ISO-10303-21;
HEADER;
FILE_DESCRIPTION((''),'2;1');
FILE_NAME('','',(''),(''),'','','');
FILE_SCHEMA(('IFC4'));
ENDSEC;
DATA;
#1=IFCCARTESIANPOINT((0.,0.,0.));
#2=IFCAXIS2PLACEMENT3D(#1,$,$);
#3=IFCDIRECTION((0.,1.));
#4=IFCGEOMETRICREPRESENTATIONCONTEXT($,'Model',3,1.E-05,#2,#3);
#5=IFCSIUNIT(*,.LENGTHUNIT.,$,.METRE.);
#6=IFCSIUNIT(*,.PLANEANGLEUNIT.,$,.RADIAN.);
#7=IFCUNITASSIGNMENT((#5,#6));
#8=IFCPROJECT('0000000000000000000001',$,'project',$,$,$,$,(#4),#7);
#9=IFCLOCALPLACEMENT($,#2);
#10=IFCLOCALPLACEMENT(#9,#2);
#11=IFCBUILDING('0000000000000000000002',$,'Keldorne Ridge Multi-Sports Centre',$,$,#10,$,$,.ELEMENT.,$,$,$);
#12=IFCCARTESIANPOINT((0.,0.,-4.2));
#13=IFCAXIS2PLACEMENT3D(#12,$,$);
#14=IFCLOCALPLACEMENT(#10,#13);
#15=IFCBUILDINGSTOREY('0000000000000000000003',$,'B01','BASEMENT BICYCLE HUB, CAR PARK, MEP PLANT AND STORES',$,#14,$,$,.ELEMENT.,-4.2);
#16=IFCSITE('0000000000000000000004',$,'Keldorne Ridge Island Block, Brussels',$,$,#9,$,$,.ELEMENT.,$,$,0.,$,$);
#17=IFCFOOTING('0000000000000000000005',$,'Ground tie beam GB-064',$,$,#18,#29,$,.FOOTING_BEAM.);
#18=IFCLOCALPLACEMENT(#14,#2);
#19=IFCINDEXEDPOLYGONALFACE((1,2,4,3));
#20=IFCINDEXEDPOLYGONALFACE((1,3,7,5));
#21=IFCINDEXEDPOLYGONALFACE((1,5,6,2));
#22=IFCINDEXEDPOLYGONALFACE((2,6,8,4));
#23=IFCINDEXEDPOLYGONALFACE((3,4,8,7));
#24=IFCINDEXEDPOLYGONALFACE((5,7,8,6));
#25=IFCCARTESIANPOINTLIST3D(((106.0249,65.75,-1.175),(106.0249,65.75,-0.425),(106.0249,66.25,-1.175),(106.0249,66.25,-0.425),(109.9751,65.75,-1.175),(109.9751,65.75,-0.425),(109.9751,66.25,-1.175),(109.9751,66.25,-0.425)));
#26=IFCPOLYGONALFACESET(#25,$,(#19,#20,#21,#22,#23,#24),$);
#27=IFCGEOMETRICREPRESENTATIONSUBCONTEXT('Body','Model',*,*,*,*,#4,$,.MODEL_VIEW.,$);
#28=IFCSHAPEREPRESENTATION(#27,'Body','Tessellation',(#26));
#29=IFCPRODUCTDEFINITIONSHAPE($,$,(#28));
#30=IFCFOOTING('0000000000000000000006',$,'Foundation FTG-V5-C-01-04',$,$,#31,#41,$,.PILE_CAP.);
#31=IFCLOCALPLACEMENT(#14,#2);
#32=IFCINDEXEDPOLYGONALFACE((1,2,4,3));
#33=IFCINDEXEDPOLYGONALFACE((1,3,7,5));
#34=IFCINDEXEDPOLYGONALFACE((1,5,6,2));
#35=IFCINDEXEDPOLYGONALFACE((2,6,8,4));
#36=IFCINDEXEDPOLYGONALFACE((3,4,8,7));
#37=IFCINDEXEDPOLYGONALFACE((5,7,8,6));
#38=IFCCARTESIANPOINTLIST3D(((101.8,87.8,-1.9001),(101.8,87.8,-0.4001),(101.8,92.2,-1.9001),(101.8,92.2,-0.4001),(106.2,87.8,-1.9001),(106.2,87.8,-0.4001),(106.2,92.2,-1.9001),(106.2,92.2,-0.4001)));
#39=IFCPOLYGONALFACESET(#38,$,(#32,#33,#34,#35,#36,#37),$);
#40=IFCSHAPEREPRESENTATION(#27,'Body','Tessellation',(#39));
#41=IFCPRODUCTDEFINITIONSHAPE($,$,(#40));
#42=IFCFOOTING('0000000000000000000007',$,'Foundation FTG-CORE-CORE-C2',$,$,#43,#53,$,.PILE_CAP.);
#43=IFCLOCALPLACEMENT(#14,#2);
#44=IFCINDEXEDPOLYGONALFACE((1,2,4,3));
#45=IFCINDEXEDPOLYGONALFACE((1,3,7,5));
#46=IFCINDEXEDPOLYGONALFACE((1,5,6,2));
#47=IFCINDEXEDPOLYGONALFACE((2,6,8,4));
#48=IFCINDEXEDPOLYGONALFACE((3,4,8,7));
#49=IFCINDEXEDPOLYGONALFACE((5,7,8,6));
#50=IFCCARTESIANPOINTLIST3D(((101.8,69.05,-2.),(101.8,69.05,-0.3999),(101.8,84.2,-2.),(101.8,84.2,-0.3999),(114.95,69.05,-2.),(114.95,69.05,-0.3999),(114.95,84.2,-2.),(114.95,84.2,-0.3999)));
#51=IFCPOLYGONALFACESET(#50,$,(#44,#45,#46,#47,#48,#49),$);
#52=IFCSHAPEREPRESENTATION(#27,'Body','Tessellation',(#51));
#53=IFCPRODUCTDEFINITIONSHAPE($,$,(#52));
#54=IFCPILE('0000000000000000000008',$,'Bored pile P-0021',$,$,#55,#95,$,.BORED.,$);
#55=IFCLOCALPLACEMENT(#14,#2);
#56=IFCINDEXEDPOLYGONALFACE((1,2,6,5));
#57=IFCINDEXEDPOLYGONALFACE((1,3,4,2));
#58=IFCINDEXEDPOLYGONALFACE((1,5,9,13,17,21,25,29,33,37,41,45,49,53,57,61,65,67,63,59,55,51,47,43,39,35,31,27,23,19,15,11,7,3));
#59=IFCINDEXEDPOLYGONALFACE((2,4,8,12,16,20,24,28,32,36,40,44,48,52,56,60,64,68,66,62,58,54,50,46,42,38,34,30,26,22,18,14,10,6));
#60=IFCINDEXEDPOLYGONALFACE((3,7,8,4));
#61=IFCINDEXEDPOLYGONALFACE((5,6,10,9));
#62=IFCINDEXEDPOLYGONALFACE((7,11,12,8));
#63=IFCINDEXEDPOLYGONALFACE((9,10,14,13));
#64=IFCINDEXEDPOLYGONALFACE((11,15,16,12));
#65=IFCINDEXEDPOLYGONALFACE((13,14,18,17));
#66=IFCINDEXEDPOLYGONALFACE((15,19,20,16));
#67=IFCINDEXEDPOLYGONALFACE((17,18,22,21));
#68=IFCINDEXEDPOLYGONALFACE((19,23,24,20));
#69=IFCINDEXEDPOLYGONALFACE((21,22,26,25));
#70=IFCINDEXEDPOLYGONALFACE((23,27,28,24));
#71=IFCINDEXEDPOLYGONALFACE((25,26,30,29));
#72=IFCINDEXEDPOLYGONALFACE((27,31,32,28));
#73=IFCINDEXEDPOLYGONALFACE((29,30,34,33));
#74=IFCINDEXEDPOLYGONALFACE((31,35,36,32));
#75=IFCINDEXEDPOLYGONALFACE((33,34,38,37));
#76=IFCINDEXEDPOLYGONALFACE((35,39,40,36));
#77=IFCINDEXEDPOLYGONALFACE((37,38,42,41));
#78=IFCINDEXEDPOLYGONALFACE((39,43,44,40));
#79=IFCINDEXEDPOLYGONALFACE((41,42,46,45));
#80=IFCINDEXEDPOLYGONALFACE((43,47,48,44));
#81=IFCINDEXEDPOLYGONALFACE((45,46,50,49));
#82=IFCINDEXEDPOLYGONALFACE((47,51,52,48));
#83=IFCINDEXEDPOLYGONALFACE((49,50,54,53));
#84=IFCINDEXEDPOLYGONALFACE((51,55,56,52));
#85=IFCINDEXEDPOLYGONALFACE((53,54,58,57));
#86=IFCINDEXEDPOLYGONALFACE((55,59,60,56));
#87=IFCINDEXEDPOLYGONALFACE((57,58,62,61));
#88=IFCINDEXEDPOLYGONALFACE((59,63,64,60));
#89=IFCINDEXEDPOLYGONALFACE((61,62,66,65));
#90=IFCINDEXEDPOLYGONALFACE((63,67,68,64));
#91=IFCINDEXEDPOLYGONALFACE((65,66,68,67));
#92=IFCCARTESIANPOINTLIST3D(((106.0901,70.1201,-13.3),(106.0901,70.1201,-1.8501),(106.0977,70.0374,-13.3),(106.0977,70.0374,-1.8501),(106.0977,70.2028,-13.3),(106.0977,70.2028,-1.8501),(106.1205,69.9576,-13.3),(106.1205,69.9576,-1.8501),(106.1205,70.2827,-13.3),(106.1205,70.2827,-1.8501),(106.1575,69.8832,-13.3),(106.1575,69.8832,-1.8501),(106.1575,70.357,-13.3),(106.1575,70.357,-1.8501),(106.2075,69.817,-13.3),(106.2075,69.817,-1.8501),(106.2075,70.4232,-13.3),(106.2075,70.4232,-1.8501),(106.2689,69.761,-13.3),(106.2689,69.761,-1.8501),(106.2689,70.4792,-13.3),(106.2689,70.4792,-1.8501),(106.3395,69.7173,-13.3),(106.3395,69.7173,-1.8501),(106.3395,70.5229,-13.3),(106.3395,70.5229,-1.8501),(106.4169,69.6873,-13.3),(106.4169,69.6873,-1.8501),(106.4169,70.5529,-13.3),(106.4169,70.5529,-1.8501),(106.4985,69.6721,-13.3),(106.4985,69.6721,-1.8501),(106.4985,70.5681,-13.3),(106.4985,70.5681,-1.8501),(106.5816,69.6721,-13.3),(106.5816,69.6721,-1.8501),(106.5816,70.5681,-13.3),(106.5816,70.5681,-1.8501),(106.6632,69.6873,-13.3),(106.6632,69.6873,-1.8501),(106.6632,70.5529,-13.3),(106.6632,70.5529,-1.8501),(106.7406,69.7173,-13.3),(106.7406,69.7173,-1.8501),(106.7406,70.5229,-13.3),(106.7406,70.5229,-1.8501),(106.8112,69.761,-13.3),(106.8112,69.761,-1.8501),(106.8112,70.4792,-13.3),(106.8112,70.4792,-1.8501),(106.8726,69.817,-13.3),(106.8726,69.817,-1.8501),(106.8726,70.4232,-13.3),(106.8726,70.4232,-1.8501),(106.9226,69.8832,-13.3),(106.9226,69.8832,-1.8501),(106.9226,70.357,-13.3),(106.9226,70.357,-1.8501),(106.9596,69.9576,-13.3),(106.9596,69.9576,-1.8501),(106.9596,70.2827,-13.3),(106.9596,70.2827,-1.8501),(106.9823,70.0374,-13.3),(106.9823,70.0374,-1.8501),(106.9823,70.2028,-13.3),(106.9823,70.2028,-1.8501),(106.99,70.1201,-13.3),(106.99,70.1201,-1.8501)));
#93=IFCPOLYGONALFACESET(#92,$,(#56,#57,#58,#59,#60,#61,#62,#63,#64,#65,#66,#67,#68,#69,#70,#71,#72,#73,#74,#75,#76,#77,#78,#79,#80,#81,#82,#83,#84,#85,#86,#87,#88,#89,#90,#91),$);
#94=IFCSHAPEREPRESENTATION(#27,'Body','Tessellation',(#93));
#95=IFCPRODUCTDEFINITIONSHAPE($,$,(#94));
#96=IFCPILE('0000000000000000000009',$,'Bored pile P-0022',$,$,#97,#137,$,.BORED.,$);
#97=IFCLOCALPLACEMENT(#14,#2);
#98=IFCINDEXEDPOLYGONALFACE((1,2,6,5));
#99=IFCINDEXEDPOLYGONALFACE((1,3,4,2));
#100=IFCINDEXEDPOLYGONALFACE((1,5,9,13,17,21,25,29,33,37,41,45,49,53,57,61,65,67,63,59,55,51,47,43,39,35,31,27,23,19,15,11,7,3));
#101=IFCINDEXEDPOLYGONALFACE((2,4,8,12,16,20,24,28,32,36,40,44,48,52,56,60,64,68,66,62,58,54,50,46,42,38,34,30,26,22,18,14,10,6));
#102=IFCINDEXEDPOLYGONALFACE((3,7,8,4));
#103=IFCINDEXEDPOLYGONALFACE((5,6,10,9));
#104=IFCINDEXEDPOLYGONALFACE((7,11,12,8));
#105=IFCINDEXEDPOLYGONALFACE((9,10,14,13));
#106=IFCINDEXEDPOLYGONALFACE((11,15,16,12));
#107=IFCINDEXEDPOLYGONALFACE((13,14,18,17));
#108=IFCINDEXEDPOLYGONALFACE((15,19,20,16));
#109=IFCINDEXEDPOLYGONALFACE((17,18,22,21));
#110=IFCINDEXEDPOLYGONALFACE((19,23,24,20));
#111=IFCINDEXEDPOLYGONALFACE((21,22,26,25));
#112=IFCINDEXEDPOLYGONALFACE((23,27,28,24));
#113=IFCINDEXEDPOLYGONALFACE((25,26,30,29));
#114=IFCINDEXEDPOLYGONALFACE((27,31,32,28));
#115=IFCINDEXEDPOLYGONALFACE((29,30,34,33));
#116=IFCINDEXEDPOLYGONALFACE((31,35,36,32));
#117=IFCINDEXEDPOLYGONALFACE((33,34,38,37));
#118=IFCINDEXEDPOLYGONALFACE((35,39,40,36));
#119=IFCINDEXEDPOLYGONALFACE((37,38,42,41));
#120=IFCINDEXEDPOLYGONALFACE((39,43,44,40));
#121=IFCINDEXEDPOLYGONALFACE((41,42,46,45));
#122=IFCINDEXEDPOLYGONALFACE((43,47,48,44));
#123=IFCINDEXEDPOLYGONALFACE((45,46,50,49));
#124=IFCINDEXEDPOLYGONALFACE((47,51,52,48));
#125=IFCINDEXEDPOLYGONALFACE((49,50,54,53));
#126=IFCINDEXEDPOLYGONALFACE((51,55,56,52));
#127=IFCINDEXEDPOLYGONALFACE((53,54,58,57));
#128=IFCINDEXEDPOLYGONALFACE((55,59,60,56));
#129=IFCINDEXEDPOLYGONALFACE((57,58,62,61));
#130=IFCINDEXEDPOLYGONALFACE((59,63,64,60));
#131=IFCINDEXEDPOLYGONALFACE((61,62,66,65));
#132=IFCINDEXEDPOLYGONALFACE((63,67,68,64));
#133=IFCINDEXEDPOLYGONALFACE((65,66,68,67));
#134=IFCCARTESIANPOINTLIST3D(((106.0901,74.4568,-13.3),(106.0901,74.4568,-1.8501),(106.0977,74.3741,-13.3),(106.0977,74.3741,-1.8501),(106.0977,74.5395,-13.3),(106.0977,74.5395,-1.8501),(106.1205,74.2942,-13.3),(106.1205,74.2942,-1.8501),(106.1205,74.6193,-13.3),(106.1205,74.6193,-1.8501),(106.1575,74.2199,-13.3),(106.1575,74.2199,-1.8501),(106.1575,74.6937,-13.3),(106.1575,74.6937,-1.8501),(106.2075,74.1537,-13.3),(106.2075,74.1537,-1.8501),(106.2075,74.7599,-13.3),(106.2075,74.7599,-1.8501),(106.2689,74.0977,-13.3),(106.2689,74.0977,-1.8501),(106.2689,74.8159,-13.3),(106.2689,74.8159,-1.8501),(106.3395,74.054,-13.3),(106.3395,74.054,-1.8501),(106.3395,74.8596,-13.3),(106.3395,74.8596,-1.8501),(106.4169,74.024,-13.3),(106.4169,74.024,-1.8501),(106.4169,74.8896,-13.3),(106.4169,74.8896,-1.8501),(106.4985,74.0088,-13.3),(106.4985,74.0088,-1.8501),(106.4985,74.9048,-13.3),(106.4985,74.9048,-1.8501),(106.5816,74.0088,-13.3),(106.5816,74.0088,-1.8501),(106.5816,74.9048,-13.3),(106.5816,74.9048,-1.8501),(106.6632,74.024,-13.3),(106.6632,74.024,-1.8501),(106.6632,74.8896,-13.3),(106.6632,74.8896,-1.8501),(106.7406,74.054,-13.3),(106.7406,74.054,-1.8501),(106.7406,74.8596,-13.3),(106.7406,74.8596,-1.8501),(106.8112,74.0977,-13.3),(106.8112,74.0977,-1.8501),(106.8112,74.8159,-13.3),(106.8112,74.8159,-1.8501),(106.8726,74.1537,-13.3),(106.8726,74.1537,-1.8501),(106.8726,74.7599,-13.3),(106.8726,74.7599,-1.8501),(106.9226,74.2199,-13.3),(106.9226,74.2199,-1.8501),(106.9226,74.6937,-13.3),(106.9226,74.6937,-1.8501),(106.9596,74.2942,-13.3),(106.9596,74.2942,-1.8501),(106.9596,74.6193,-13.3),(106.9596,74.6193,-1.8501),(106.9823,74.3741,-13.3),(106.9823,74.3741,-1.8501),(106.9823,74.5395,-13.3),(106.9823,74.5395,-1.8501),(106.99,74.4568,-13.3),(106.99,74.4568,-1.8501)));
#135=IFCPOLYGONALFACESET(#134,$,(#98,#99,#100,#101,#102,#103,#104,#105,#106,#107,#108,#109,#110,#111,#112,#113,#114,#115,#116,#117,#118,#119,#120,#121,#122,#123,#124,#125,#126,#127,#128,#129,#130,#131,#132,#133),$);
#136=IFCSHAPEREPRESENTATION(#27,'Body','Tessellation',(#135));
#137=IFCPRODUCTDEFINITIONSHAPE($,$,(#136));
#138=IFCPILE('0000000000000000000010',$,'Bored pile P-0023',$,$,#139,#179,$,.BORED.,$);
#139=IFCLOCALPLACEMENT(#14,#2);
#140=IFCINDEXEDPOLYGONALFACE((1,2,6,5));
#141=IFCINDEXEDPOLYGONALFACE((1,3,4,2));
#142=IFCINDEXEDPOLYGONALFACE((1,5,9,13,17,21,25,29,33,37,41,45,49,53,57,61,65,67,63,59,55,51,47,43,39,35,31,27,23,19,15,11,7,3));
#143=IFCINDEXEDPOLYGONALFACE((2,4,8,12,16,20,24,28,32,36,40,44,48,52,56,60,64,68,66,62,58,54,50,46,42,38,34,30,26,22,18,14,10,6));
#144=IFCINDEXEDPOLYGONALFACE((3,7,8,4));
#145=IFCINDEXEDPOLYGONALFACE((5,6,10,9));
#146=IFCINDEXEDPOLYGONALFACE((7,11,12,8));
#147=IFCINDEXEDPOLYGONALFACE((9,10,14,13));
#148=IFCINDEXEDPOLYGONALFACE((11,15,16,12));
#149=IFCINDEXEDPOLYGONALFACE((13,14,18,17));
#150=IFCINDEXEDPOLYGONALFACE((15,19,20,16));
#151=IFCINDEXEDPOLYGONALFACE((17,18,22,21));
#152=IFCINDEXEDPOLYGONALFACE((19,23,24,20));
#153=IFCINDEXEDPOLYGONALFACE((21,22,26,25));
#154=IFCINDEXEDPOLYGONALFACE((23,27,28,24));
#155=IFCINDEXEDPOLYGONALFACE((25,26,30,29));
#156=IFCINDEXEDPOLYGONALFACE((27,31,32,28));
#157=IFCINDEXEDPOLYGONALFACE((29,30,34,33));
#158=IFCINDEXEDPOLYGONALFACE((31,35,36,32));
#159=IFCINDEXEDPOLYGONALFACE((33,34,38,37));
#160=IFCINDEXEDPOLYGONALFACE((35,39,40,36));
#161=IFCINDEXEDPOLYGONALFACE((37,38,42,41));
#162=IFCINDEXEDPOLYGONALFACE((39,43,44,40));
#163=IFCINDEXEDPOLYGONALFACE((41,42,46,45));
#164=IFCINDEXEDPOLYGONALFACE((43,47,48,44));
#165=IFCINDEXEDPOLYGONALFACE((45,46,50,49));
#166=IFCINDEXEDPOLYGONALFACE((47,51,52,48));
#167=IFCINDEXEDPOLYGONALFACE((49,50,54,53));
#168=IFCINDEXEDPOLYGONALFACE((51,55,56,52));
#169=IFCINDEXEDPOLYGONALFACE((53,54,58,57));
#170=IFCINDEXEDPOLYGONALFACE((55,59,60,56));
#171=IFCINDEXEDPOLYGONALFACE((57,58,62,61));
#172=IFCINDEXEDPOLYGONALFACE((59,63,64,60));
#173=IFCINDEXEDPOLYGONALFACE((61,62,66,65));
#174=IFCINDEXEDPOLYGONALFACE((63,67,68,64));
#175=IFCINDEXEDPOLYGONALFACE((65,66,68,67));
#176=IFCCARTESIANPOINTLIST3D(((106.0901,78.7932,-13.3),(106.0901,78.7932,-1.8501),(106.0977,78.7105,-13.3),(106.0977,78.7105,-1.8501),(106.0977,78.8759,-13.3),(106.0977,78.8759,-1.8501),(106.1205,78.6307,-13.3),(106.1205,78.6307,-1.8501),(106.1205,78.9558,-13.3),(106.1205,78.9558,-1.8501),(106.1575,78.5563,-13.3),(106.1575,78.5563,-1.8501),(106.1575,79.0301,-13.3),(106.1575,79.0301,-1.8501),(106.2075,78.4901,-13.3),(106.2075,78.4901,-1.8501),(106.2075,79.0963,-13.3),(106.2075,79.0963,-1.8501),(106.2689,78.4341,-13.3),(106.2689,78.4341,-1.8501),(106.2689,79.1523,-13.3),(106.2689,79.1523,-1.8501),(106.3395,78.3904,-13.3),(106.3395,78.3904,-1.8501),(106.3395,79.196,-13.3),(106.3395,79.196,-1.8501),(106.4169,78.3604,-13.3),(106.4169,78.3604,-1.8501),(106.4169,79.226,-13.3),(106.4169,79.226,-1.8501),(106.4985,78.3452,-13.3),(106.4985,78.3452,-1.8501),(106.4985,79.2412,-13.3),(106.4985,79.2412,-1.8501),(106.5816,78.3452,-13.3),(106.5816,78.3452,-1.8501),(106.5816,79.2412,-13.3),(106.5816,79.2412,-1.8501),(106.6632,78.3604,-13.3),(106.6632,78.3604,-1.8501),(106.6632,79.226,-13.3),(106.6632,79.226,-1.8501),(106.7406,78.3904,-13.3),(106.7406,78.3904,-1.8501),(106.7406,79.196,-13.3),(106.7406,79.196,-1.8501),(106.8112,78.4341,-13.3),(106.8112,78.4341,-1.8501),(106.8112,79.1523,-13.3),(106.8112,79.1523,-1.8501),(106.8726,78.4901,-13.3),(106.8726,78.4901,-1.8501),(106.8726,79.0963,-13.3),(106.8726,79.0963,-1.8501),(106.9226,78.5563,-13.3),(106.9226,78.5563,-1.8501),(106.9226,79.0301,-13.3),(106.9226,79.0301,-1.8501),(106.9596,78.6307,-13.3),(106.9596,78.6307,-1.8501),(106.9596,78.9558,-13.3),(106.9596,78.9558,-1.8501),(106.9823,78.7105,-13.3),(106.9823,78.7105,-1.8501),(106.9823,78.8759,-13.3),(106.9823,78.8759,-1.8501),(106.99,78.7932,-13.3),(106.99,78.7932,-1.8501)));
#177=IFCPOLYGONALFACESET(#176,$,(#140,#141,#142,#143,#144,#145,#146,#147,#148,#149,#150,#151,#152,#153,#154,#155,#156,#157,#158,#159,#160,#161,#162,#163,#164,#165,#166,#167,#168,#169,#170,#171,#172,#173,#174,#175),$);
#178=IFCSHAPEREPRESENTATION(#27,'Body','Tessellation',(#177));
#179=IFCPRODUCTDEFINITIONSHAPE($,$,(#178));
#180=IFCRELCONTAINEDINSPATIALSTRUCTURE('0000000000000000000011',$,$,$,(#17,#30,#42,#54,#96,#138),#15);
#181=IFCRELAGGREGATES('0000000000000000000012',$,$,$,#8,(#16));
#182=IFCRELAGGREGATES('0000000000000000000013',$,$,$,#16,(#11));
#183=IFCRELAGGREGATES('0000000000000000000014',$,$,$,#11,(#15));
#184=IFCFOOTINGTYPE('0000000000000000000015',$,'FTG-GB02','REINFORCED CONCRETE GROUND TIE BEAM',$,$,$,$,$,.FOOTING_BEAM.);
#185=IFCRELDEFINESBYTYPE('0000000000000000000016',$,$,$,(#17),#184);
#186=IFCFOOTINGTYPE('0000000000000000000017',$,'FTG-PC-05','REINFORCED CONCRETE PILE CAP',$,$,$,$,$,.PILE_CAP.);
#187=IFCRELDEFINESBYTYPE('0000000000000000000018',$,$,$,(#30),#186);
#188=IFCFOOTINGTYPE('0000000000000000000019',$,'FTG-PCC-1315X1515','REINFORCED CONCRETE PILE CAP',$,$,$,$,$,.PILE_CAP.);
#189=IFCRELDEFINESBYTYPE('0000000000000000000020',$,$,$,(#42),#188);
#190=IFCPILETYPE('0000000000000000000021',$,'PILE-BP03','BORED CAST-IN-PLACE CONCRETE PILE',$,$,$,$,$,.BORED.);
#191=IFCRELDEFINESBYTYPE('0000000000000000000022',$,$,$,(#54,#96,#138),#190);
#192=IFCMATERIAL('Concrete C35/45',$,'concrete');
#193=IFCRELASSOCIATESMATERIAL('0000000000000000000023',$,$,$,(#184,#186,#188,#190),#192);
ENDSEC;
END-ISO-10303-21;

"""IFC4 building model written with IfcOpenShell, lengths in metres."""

from ifc_helpers import new_model, si_unit, direction, frame, origin, origin_2d, place, context, subcontext, project, spatial, rectangle, circle, extrude, material, material_profile, profile_set, type_object, element, save


model = new_model("IFC4")

# Units and contexts
model_context = context("Model", 3, precision=1e-05, world=origin(), true_north=direction((0.0, 1.0)))
body_context = subcontext(model_context, "Body", "Model", "MODEL_VIEW")
ifc_project = project(units=[si_unit("LENGTHUNIT", "METRE"), si_unit("PLANEANGLEUNIT", "RADIAN")], contexts=[model_context])

# Site, building, storey
site_placement = place(None, origin())
site = spatial("IfcSite", under=ifc_project, at=site_placement, Name="Keldorne Ridge Island Block, Brussels", CompositionType="ELEMENT", RefElevation=0.0)
building_placement = place(site_placement, origin())
building = spatial("IfcBuilding", under=site, at=building_placement, Name="Keldorne Ridge Multi-Sports Centre", CompositionType="ELEMENT")
storey_placement = place(building_placement, frame((0.0, 0.0, -4.2)))
storey = spatial("IfcBuildingStorey", under=building, at=storey_placement, Name="B01", Description="BASEMENT BICYCLE HUB, CAR PARK, MEP PLANT AND STORES", CompositionType="ELEMENT", Elevation=-4.2)

# Footings
ifc_material_1 = material(Name="Concrete C35/45", Category="concrete")
ifc_material_profile_1 = material_profile(ifc_material_1, rectangle(XDim=0.5, YDim=0.75, at=origin_2d()), Name="GB 500x750")
ifc_profile_set_1 = profile_set([ifc_material_profile_1], Name="Concrete C35/45")
footing_type_1 = type_object("IfcFootingType", Name="FTG-GB02", Description="REINFORCED CONCRETE GROUND TIE BEAM", PredefinedType="FOOTING_BEAM", material=ifc_profile_set_1)
footing_1_placement = place(storey_placement, frame((106.0249, 66.0, -0.8), z_axis=(1.0, 0.0, 0.0), x_axis=(0.0, 1.0, 0.0)))
element("IfcFooting", 1, at=footing_1_placement, inside=storey, type_object=footing_type_1, Name="Ground tie beam GB-064", PredefinedType="FOOTING_BEAM", context=body_context, shape_type="SweptSolid", body=[
    extrude(rectangle(XDim=0.5, YDim=0.75, at=origin_2d()), origin(), (0.0, 0.0, 1.0), 3.9502),
])
footing_type_2 = type_object("IfcFootingType", Name="FTG-PC-05", Description="REINFORCED CONCRETE PILE CAP", PredefinedType="PILE_CAP", material=ifc_material_1)
footing_2_placement = place(storey_placement, frame((104.0, 90.0, -1.9001), z_axis=(0.0, 0.0, 1.0), x_axis=(1.0, 0.0, 0.0)))
element("IfcFooting", 2, at=footing_2_placement, inside=storey, type_object=footing_type_2, Name="Foundation FTG-V5-C-01-04", PredefinedType="PILE_CAP", context=body_context, shape_type="SweptSolid", body=[
    extrude(rectangle(XDim=4.3999, YDim=4.3999, at=origin_2d()), origin(), (0.0, 0.0, 1.0), 1.5),
])
footing_type_3 = type_object("IfcFootingType", Name="FTG-PCC-1315X1515", Description="REINFORCED CONCRETE PILE CAP", PredefinedType="PILE_CAP", material=ifc_material_1)
footing_3_placement = place(storey_placement, frame((108.375, 76.625, -2.0), z_axis=(0.0, 0.0, 1.0), x_axis=(1.0, 0.0, 0.0)))
element("IfcFooting", 3, at=footing_3_placement, inside=storey, type_object=footing_type_3, Name="Foundation FTG-CORE-CORE-C2", PredefinedType="PILE_CAP", context=body_context, shape_type="SweptSolid", body=[
    extrude(rectangle(XDim=13.1499, YDim=15.1499, at=origin_2d()), origin(), (0.0, 0.0, 1.0), 1.6001),
])

# Piles
ifc_material_profile_2 = material_profile(ifc_material_1, circle(Radius=0.45, at=origin_2d()), Name="BORED PILE D900")
ifc_profile_set_2 = profile_set([ifc_material_profile_2], Name="Concrete C35/45")
pile_type = type_object("IfcPileType", Name="PILE-BP03", Description="BORED CAST-IN-PLACE CONCRETE PILE", PredefinedType="BORED", material=ifc_profile_set_2)
for number, where, z_axis, x_axis, name in (
    (4, (106.54, 70.1201, -1.8501), (0.0, 0.0, -1.0), (1.0, 0.0, 0.0), "Bored pile P-0021"),
    (5, (106.54, 74.4568, -1.8501), (0.0, 0.0, -1.0), (1.0, 0.0, 0.0), "Bored pile P-0022"),
    (6, (106.54, 78.7932, -1.8501), (0.0, 0.0, -1.0), (1.0, 0.0, 0.0), "Bored pile P-0023"),
):
    element("IfcPile", number, at=place(storey_placement, frame(where, z_axis=z_axis, x_axis=x_axis)), inside=storey, type_object=pile_type, Name=name, PredefinedType="BORED", context=body_context, shape_type="SweptSolid", body=[
        extrude(circle(Radius=0.45, at=origin_2d()), origin(), (0.0, 0.0, 1.0), 11.45),
    ])

save(model, "model.ifc")
